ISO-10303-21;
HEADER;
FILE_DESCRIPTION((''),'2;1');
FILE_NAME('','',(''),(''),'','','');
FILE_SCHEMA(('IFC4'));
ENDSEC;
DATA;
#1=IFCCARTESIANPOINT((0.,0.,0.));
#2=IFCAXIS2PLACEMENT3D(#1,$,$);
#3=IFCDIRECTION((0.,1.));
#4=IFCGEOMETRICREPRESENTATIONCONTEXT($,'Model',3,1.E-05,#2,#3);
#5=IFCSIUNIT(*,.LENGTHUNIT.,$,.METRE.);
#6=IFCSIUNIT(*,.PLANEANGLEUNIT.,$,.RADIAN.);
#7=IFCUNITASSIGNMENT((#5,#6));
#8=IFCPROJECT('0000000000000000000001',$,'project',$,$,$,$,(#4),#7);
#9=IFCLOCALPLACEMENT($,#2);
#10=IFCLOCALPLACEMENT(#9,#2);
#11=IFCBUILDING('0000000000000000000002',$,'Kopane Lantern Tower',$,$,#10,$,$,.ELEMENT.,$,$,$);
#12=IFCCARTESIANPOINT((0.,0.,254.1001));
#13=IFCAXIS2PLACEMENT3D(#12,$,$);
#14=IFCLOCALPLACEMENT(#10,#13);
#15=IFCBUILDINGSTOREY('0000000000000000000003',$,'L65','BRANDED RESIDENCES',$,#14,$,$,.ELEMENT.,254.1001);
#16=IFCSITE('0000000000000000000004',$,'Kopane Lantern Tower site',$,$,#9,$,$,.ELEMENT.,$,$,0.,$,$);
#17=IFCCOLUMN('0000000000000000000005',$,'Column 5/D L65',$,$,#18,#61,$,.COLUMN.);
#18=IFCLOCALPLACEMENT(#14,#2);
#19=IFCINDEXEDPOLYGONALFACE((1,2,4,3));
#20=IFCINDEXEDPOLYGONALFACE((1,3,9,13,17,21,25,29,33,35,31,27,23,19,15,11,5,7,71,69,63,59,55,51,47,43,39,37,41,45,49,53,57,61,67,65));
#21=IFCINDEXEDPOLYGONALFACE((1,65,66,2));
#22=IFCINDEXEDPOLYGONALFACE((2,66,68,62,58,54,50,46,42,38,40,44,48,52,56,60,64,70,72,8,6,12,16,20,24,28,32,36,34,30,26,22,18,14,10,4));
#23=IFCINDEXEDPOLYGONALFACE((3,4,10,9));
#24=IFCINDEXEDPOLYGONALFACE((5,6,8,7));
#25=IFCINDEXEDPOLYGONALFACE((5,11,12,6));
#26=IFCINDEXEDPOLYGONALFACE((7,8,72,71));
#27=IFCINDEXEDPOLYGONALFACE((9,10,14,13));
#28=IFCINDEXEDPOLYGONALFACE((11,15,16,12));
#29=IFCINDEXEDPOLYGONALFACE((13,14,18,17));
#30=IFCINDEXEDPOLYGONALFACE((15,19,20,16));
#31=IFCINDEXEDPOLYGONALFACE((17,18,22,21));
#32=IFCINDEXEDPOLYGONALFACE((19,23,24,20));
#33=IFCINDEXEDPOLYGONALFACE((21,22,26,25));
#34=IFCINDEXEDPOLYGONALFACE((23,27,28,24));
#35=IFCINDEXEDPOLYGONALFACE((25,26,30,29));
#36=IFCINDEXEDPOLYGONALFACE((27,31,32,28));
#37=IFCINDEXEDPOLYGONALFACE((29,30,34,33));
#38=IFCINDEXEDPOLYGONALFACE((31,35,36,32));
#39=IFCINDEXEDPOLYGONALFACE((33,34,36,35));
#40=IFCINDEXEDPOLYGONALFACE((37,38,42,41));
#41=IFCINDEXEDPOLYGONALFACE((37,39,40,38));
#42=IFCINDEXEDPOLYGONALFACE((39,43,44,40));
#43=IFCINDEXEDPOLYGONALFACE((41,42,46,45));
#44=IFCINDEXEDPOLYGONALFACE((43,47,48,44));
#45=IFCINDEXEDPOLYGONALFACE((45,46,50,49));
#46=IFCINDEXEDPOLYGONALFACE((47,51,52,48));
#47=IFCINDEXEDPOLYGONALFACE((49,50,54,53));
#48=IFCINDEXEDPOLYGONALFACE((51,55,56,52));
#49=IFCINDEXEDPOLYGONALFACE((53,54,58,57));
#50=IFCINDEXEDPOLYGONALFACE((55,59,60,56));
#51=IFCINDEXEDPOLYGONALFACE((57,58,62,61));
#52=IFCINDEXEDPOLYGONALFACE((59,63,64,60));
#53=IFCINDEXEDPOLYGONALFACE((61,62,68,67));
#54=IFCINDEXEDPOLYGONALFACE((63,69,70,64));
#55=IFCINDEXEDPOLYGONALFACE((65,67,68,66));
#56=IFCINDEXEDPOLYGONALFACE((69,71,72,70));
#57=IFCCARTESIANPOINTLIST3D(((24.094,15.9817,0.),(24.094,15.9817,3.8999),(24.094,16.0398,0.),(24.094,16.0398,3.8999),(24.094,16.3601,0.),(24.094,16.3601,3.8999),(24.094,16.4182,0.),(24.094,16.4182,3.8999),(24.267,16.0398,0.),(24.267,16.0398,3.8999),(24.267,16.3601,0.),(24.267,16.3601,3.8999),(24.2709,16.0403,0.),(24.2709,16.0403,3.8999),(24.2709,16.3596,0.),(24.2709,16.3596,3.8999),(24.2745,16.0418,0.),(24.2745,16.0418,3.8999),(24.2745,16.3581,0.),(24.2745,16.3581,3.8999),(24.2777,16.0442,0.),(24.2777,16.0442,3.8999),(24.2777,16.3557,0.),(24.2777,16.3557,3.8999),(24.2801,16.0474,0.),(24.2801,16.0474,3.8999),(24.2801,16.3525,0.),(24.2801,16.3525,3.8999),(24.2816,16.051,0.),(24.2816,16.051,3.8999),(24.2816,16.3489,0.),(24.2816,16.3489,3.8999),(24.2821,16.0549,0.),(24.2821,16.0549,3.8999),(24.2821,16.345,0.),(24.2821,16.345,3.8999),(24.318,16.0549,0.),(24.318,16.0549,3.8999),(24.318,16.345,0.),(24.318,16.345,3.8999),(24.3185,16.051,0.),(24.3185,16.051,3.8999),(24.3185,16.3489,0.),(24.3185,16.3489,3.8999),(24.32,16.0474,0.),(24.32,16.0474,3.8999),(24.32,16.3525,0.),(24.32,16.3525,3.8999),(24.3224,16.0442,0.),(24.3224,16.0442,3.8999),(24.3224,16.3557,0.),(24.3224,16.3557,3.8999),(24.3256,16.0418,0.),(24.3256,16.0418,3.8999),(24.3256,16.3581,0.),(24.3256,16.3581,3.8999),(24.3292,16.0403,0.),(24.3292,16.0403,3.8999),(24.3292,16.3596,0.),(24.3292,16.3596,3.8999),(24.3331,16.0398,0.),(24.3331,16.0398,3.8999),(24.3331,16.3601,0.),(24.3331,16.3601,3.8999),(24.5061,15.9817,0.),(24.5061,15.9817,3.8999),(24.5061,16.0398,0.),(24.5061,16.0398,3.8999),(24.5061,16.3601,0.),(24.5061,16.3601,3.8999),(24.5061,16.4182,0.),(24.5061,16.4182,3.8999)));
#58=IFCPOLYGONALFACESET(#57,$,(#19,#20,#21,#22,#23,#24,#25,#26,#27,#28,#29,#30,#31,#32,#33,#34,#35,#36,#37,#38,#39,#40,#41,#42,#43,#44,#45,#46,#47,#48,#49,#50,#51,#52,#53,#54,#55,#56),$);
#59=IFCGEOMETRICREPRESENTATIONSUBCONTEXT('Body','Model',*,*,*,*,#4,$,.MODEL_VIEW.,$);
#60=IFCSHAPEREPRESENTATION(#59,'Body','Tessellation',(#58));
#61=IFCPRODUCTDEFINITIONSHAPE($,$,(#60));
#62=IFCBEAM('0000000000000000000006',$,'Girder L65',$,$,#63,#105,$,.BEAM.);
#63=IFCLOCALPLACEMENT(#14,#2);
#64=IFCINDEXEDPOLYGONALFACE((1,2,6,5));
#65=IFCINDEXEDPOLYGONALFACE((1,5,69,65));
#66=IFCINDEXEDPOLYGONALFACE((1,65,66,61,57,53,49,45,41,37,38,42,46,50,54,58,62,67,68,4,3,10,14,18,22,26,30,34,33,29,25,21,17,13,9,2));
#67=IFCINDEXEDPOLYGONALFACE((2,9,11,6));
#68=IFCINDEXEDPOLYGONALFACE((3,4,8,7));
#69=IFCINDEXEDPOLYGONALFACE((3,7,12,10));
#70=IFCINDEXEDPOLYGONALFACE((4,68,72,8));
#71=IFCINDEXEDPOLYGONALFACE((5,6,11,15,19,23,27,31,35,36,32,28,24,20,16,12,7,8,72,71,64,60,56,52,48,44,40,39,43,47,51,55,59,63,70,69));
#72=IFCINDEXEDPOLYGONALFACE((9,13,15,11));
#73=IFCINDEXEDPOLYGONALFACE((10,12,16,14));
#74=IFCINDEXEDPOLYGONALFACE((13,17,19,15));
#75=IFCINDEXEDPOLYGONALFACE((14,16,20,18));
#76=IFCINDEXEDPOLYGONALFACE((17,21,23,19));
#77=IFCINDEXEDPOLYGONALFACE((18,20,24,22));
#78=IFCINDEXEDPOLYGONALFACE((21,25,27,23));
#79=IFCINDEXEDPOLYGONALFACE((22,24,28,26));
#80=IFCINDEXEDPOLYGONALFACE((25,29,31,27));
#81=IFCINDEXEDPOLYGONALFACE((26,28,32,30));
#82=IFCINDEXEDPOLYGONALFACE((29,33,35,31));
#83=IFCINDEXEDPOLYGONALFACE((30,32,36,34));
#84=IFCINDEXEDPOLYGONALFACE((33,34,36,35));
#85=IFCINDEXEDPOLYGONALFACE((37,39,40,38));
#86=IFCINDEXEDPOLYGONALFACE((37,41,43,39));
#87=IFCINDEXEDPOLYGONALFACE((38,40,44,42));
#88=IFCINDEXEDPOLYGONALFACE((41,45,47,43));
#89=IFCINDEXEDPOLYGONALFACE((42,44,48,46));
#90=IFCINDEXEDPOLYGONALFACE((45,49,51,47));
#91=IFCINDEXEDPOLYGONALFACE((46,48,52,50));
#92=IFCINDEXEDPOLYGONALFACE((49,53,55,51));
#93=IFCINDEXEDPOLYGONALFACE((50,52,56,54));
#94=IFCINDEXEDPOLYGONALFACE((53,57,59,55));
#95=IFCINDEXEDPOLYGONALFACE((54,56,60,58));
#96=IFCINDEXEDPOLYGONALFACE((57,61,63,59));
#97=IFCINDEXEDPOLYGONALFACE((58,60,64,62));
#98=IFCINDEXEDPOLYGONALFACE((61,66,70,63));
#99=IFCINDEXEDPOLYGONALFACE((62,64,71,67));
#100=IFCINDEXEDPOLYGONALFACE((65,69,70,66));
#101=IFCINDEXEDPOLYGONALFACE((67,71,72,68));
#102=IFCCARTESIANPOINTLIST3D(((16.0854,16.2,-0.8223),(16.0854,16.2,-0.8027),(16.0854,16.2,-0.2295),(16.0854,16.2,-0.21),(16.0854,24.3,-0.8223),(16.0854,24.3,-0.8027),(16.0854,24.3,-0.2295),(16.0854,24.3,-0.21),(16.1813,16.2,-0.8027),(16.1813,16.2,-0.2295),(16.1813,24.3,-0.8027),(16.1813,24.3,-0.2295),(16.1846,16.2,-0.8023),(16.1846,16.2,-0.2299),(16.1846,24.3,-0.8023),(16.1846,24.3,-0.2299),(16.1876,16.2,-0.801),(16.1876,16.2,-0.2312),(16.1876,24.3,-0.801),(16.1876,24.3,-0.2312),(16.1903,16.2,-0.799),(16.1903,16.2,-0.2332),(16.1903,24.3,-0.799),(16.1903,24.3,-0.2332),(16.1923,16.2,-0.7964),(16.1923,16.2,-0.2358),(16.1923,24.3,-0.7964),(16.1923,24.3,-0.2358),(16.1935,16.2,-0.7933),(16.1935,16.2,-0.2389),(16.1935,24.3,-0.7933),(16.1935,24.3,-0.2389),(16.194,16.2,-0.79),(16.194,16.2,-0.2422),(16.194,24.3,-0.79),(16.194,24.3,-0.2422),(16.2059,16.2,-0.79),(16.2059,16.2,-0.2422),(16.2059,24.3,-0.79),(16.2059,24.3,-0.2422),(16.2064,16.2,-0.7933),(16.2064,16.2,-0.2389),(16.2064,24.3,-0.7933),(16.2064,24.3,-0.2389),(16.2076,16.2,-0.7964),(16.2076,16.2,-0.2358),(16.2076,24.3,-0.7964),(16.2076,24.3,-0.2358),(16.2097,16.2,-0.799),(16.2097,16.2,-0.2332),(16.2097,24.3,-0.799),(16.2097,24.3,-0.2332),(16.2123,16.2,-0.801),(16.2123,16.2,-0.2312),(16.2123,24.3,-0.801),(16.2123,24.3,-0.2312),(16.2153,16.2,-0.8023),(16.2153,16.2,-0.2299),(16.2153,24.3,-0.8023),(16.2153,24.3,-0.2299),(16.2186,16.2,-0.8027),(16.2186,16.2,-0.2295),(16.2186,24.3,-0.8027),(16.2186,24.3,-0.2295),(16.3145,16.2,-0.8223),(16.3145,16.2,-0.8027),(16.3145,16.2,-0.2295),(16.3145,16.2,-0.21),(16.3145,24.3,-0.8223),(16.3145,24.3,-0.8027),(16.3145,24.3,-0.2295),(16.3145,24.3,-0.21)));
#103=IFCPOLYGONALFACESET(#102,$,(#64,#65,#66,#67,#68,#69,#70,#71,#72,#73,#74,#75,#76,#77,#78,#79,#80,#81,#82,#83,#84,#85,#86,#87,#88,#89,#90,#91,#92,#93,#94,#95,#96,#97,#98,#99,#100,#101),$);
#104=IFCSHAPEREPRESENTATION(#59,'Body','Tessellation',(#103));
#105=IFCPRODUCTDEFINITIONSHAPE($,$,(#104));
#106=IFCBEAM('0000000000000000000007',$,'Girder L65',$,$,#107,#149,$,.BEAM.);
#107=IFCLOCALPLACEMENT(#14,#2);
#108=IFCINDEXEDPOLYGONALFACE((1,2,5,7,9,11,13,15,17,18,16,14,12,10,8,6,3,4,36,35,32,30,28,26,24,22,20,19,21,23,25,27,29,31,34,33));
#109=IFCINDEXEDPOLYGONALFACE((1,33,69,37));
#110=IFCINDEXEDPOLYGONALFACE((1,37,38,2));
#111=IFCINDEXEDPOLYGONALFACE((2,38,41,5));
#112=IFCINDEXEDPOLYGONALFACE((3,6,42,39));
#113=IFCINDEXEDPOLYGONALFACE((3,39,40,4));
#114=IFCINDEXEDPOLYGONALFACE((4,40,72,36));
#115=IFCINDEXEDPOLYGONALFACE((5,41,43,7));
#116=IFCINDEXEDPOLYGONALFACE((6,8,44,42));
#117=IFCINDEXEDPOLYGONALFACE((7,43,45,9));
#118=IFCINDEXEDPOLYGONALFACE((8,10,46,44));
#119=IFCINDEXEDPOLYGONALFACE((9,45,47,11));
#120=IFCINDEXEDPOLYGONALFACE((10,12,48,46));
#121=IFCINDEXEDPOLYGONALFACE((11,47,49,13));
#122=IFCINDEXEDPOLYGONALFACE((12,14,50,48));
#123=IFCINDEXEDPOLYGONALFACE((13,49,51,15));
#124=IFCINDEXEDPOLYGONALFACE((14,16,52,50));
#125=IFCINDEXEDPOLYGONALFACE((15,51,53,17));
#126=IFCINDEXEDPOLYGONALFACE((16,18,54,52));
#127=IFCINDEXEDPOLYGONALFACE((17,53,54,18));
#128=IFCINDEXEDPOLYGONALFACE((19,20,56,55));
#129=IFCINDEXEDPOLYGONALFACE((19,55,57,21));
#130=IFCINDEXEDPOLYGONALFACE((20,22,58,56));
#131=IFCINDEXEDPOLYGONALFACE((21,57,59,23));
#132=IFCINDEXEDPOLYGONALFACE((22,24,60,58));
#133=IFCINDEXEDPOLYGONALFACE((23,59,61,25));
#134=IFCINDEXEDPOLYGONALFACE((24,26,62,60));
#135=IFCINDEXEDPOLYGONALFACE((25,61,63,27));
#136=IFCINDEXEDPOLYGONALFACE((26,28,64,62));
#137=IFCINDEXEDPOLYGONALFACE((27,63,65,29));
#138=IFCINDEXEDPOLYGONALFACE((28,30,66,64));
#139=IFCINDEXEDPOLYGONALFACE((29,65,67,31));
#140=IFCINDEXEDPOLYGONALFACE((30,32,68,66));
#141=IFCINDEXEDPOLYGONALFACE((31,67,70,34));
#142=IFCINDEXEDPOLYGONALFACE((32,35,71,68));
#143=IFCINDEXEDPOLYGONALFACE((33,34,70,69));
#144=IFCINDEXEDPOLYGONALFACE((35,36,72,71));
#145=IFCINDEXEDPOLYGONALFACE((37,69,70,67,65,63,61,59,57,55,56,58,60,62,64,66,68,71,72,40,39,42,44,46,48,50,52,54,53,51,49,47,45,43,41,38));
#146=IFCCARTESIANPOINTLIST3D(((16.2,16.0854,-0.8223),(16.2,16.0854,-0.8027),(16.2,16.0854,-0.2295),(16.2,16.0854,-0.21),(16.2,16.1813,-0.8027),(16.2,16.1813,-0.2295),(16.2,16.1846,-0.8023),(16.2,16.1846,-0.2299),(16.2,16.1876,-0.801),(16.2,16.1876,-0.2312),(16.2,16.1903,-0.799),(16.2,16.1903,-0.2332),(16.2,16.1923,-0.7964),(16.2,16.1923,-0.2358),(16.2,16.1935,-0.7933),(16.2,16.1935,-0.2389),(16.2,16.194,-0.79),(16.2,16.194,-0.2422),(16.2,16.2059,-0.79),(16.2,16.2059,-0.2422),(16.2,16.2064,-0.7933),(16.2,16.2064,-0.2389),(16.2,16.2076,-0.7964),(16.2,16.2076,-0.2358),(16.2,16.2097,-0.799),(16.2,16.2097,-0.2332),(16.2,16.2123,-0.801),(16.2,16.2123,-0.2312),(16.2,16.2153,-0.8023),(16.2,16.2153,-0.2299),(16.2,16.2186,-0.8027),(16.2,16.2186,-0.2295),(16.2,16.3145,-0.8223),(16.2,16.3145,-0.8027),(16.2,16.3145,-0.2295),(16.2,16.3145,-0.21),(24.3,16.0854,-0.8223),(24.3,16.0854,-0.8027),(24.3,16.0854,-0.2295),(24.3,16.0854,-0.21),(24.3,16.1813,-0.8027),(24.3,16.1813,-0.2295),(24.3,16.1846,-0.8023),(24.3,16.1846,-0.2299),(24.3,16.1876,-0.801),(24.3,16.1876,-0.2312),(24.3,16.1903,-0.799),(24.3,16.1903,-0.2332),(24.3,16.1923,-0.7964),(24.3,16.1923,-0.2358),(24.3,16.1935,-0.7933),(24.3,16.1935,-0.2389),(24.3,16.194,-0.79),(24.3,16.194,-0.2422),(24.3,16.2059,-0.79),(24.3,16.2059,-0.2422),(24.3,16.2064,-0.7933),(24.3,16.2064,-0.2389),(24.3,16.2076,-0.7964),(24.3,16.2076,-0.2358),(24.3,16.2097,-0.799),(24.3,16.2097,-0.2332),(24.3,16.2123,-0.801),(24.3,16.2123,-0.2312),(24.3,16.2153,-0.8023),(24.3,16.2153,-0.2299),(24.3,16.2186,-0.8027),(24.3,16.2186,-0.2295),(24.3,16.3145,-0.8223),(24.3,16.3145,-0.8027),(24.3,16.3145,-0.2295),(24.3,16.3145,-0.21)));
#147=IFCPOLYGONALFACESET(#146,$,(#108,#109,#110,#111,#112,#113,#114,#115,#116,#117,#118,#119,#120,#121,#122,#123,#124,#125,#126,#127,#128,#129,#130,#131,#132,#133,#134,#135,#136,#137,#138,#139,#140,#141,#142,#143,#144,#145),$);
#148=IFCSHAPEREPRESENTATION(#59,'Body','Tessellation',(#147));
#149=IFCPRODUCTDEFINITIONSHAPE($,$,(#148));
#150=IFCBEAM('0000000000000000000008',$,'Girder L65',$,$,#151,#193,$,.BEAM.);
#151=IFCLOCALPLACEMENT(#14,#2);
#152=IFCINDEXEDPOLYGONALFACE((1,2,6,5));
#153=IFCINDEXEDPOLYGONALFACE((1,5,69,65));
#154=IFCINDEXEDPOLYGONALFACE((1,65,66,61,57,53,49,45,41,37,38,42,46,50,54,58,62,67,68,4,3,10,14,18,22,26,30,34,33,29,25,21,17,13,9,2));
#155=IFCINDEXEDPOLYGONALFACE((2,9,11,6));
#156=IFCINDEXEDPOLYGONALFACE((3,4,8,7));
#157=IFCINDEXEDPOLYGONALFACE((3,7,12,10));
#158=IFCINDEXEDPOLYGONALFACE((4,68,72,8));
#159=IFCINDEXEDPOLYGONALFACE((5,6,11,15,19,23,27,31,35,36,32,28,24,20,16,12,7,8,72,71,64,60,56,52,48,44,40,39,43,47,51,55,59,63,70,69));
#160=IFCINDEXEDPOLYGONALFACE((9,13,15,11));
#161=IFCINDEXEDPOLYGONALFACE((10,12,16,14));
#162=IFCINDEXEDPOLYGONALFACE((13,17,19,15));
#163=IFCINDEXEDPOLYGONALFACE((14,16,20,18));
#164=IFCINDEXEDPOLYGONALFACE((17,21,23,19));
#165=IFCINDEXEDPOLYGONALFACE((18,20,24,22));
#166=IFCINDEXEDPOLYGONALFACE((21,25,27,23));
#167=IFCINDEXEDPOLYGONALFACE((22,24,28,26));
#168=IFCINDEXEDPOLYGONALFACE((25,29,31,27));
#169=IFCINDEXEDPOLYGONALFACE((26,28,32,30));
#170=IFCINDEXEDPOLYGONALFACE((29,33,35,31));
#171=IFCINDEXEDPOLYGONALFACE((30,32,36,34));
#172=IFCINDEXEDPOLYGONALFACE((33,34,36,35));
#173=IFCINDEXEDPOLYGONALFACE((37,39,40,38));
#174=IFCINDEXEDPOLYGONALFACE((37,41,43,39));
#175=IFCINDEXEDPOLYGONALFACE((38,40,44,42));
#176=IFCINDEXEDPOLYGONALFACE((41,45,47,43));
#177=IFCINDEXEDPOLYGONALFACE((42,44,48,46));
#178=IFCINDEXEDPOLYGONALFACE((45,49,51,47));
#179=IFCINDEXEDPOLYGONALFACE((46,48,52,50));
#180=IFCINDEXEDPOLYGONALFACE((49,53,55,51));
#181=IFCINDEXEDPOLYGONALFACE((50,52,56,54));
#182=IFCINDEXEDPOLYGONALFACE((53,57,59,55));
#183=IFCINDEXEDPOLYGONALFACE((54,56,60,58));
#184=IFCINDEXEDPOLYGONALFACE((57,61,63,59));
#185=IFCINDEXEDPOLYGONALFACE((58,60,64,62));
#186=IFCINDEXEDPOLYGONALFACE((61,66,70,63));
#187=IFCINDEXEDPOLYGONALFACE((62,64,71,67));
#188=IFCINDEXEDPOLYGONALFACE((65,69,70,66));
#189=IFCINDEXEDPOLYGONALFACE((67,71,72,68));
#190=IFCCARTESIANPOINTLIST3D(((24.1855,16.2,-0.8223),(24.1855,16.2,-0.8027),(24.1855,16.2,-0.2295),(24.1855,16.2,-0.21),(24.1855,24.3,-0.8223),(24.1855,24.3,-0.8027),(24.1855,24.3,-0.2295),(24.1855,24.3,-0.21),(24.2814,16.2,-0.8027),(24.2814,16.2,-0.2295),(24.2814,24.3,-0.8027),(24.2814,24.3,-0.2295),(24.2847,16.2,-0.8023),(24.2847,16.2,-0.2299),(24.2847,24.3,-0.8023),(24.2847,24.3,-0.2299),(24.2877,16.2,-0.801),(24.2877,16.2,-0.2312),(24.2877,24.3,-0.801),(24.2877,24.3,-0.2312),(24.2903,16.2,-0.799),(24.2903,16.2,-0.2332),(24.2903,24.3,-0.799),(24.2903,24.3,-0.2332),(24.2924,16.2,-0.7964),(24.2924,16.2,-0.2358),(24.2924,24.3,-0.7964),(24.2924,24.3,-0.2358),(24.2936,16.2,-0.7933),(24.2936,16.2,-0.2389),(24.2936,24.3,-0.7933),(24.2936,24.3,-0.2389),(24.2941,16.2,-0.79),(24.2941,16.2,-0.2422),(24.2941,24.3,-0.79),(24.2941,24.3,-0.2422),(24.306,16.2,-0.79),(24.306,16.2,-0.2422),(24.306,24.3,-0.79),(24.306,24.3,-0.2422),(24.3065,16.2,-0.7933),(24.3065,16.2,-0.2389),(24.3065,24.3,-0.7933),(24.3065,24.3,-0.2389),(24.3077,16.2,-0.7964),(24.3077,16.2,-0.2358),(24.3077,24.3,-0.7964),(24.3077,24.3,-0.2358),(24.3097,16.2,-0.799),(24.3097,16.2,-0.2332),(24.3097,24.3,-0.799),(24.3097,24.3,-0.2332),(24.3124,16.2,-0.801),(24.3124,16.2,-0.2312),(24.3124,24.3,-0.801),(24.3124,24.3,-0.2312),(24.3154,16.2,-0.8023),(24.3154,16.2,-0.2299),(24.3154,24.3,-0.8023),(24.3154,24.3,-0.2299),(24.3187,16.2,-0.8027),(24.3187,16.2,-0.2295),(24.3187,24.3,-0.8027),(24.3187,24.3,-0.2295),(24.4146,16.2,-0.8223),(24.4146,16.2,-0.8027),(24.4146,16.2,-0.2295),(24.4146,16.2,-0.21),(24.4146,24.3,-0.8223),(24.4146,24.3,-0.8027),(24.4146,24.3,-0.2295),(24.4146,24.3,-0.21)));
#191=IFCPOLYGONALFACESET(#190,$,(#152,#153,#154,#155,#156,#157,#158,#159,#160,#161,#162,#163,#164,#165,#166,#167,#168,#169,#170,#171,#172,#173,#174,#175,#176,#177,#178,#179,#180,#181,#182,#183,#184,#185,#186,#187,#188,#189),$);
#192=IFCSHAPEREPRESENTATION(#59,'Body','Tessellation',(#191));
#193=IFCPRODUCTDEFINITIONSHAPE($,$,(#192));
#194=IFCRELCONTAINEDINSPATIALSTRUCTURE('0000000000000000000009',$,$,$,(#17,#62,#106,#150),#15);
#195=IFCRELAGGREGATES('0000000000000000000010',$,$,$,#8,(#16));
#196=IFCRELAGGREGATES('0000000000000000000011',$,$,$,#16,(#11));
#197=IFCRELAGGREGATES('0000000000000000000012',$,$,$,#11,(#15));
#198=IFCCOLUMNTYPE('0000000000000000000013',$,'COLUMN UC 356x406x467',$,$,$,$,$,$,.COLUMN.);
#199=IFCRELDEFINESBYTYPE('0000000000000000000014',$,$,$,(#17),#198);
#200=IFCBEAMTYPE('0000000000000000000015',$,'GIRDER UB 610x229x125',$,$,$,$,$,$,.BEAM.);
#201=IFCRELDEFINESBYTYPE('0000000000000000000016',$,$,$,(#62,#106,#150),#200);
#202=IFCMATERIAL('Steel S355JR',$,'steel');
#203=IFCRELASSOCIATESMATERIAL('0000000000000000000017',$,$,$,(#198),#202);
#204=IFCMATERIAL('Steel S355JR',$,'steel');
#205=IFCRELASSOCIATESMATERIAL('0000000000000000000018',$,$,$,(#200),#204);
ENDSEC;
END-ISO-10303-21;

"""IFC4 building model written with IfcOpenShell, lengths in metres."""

from ifc_helpers import new_model, si_unit, direction, frame, origin, origin_2d, place, context, subcontext, project, spatial, i_section, extrude, material, material_profile, profile_set, type_object, element, save


model = new_model("IFC4")

# Units and contexts
model_context = context("Model", 3, precision=1e-05, world=origin(), true_north=direction((0.0, 1.0)))
body_context = subcontext(model_context, "Body", "Model", "MODEL_VIEW")
ifc_project = project(units=[si_unit("LENGTHUNIT", "METRE"), si_unit("PLANEANGLEUNIT", "RADIAN")], contexts=[model_context])

# Site, building, storey
site_placement = place(None, origin())
site = spatial("IfcSite", under=ifc_project, at=site_placement, Name="Kopane Lantern Tower site", CompositionType="ELEMENT", RefElevation=0.0)
building_placement = place(site_placement, origin())
building = spatial("IfcBuilding", under=site, at=building_placement, Name="Kopane Lantern Tower", CompositionType="ELEMENT")
storey_placement = place(building_placement, frame((0.0, 0.0, 254.1001)))
storey = spatial("IfcBuildingStorey", under=building, at=storey_placement, Name="L65", Description="BRANDED RESIDENCES", CompositionType="ELEMENT", Elevation=254.1001)

# Column
ifc_material_1 = material(Name="Steel S355JR", Category="steel")
ifc_material_profile_1 = material_profile(ifc_material_1, i_section(OverallWidth=0.4121, OverallDepth=0.4365, WebThickness=0.0359, FlangeThickness=0.0581, FilletRadius=0.0151, at=origin_2d()), Name="UC 356x406x467")
ifc_profile_set_1 = profile_set([ifc_material_profile_1], Name="Steel S355JR")
column_type = type_object("IfcColumnType", Name="COLUMN UC 356x406x467", PredefinedType="COLUMN", material=ifc_profile_set_1)
column_placement = place(storey_placement, frame((24.3, 16.2, 0.0), z_axis=(0.0, 0.0, 1.0), x_axis=(1.0, 0.0, 0.0)))
element("IfcColumn", 1, at=column_placement, inside=storey, type_object=column_type, Name="Column 5/D L65", PredefinedType="COLUMN", context=body_context, shape_type="SweptSolid", body=[
    extrude(i_section(OverallWidth=0.4121, OverallDepth=0.4365, WebThickness=0.0359, FlangeThickness=0.0581, FilletRadius=0.0151, at=origin_2d()), origin(), (0.0, 0.0, 1.0), 3.8999),
])

# Beams
ifc_material_2 = material(Name="Steel S355JR", Category="steel")
ifc_material_profile_2 = material_profile(ifc_material_2, i_section(OverallWidth=0.229, OverallDepth=0.6123, WebThickness=0.012, FlangeThickness=0.0195, FilletRadius=0.0127, at=origin_2d()), Name="UB 610x229x125")
ifc_profile_set_2 = profile_set([ifc_material_profile_2], Name="Steel S355JR")
beam_type = type_object("IfcBeamType", Name="GIRDER UB 610x229x125", PredefinedType="BEAM", material=ifc_profile_set_2)
for number, where, z_axis, x_axis, name in (
    (2, (16.2, 16.2, -0.5161), (0.0, 1.0, 0.0), (-1.0, 0.0, 0.0), "Girder L65"),
    (3, (16.2, 16.2, -0.5161), (1.0, 0.0, 0.0), (0.0, 1.0, 0.0), "Girder L65"),
    (4, (24.3, 16.2, -0.5161), (0.0, 1.0, 0.0), (-1.0, 0.0, 0.0), "Girder L65"),
):
    element("IfcBeam", number, at=place(storey_placement, frame(where, z_axis=z_axis, x_axis=x_axis)), inside=storey, type_object=beam_type, Name=name, PredefinedType="BEAM", context=body_context, shape_type="SweptSolid", body=[
        extrude(i_section(OverallWidth=0.229, OverallDepth=0.6123, WebThickness=0.012, FlangeThickness=0.0195, FilletRadius=0.0127, at=origin_2d()), origin(), (0.0, 0.0, 1.0), 8.1001),
    ])

save(model, "model.ifc")
